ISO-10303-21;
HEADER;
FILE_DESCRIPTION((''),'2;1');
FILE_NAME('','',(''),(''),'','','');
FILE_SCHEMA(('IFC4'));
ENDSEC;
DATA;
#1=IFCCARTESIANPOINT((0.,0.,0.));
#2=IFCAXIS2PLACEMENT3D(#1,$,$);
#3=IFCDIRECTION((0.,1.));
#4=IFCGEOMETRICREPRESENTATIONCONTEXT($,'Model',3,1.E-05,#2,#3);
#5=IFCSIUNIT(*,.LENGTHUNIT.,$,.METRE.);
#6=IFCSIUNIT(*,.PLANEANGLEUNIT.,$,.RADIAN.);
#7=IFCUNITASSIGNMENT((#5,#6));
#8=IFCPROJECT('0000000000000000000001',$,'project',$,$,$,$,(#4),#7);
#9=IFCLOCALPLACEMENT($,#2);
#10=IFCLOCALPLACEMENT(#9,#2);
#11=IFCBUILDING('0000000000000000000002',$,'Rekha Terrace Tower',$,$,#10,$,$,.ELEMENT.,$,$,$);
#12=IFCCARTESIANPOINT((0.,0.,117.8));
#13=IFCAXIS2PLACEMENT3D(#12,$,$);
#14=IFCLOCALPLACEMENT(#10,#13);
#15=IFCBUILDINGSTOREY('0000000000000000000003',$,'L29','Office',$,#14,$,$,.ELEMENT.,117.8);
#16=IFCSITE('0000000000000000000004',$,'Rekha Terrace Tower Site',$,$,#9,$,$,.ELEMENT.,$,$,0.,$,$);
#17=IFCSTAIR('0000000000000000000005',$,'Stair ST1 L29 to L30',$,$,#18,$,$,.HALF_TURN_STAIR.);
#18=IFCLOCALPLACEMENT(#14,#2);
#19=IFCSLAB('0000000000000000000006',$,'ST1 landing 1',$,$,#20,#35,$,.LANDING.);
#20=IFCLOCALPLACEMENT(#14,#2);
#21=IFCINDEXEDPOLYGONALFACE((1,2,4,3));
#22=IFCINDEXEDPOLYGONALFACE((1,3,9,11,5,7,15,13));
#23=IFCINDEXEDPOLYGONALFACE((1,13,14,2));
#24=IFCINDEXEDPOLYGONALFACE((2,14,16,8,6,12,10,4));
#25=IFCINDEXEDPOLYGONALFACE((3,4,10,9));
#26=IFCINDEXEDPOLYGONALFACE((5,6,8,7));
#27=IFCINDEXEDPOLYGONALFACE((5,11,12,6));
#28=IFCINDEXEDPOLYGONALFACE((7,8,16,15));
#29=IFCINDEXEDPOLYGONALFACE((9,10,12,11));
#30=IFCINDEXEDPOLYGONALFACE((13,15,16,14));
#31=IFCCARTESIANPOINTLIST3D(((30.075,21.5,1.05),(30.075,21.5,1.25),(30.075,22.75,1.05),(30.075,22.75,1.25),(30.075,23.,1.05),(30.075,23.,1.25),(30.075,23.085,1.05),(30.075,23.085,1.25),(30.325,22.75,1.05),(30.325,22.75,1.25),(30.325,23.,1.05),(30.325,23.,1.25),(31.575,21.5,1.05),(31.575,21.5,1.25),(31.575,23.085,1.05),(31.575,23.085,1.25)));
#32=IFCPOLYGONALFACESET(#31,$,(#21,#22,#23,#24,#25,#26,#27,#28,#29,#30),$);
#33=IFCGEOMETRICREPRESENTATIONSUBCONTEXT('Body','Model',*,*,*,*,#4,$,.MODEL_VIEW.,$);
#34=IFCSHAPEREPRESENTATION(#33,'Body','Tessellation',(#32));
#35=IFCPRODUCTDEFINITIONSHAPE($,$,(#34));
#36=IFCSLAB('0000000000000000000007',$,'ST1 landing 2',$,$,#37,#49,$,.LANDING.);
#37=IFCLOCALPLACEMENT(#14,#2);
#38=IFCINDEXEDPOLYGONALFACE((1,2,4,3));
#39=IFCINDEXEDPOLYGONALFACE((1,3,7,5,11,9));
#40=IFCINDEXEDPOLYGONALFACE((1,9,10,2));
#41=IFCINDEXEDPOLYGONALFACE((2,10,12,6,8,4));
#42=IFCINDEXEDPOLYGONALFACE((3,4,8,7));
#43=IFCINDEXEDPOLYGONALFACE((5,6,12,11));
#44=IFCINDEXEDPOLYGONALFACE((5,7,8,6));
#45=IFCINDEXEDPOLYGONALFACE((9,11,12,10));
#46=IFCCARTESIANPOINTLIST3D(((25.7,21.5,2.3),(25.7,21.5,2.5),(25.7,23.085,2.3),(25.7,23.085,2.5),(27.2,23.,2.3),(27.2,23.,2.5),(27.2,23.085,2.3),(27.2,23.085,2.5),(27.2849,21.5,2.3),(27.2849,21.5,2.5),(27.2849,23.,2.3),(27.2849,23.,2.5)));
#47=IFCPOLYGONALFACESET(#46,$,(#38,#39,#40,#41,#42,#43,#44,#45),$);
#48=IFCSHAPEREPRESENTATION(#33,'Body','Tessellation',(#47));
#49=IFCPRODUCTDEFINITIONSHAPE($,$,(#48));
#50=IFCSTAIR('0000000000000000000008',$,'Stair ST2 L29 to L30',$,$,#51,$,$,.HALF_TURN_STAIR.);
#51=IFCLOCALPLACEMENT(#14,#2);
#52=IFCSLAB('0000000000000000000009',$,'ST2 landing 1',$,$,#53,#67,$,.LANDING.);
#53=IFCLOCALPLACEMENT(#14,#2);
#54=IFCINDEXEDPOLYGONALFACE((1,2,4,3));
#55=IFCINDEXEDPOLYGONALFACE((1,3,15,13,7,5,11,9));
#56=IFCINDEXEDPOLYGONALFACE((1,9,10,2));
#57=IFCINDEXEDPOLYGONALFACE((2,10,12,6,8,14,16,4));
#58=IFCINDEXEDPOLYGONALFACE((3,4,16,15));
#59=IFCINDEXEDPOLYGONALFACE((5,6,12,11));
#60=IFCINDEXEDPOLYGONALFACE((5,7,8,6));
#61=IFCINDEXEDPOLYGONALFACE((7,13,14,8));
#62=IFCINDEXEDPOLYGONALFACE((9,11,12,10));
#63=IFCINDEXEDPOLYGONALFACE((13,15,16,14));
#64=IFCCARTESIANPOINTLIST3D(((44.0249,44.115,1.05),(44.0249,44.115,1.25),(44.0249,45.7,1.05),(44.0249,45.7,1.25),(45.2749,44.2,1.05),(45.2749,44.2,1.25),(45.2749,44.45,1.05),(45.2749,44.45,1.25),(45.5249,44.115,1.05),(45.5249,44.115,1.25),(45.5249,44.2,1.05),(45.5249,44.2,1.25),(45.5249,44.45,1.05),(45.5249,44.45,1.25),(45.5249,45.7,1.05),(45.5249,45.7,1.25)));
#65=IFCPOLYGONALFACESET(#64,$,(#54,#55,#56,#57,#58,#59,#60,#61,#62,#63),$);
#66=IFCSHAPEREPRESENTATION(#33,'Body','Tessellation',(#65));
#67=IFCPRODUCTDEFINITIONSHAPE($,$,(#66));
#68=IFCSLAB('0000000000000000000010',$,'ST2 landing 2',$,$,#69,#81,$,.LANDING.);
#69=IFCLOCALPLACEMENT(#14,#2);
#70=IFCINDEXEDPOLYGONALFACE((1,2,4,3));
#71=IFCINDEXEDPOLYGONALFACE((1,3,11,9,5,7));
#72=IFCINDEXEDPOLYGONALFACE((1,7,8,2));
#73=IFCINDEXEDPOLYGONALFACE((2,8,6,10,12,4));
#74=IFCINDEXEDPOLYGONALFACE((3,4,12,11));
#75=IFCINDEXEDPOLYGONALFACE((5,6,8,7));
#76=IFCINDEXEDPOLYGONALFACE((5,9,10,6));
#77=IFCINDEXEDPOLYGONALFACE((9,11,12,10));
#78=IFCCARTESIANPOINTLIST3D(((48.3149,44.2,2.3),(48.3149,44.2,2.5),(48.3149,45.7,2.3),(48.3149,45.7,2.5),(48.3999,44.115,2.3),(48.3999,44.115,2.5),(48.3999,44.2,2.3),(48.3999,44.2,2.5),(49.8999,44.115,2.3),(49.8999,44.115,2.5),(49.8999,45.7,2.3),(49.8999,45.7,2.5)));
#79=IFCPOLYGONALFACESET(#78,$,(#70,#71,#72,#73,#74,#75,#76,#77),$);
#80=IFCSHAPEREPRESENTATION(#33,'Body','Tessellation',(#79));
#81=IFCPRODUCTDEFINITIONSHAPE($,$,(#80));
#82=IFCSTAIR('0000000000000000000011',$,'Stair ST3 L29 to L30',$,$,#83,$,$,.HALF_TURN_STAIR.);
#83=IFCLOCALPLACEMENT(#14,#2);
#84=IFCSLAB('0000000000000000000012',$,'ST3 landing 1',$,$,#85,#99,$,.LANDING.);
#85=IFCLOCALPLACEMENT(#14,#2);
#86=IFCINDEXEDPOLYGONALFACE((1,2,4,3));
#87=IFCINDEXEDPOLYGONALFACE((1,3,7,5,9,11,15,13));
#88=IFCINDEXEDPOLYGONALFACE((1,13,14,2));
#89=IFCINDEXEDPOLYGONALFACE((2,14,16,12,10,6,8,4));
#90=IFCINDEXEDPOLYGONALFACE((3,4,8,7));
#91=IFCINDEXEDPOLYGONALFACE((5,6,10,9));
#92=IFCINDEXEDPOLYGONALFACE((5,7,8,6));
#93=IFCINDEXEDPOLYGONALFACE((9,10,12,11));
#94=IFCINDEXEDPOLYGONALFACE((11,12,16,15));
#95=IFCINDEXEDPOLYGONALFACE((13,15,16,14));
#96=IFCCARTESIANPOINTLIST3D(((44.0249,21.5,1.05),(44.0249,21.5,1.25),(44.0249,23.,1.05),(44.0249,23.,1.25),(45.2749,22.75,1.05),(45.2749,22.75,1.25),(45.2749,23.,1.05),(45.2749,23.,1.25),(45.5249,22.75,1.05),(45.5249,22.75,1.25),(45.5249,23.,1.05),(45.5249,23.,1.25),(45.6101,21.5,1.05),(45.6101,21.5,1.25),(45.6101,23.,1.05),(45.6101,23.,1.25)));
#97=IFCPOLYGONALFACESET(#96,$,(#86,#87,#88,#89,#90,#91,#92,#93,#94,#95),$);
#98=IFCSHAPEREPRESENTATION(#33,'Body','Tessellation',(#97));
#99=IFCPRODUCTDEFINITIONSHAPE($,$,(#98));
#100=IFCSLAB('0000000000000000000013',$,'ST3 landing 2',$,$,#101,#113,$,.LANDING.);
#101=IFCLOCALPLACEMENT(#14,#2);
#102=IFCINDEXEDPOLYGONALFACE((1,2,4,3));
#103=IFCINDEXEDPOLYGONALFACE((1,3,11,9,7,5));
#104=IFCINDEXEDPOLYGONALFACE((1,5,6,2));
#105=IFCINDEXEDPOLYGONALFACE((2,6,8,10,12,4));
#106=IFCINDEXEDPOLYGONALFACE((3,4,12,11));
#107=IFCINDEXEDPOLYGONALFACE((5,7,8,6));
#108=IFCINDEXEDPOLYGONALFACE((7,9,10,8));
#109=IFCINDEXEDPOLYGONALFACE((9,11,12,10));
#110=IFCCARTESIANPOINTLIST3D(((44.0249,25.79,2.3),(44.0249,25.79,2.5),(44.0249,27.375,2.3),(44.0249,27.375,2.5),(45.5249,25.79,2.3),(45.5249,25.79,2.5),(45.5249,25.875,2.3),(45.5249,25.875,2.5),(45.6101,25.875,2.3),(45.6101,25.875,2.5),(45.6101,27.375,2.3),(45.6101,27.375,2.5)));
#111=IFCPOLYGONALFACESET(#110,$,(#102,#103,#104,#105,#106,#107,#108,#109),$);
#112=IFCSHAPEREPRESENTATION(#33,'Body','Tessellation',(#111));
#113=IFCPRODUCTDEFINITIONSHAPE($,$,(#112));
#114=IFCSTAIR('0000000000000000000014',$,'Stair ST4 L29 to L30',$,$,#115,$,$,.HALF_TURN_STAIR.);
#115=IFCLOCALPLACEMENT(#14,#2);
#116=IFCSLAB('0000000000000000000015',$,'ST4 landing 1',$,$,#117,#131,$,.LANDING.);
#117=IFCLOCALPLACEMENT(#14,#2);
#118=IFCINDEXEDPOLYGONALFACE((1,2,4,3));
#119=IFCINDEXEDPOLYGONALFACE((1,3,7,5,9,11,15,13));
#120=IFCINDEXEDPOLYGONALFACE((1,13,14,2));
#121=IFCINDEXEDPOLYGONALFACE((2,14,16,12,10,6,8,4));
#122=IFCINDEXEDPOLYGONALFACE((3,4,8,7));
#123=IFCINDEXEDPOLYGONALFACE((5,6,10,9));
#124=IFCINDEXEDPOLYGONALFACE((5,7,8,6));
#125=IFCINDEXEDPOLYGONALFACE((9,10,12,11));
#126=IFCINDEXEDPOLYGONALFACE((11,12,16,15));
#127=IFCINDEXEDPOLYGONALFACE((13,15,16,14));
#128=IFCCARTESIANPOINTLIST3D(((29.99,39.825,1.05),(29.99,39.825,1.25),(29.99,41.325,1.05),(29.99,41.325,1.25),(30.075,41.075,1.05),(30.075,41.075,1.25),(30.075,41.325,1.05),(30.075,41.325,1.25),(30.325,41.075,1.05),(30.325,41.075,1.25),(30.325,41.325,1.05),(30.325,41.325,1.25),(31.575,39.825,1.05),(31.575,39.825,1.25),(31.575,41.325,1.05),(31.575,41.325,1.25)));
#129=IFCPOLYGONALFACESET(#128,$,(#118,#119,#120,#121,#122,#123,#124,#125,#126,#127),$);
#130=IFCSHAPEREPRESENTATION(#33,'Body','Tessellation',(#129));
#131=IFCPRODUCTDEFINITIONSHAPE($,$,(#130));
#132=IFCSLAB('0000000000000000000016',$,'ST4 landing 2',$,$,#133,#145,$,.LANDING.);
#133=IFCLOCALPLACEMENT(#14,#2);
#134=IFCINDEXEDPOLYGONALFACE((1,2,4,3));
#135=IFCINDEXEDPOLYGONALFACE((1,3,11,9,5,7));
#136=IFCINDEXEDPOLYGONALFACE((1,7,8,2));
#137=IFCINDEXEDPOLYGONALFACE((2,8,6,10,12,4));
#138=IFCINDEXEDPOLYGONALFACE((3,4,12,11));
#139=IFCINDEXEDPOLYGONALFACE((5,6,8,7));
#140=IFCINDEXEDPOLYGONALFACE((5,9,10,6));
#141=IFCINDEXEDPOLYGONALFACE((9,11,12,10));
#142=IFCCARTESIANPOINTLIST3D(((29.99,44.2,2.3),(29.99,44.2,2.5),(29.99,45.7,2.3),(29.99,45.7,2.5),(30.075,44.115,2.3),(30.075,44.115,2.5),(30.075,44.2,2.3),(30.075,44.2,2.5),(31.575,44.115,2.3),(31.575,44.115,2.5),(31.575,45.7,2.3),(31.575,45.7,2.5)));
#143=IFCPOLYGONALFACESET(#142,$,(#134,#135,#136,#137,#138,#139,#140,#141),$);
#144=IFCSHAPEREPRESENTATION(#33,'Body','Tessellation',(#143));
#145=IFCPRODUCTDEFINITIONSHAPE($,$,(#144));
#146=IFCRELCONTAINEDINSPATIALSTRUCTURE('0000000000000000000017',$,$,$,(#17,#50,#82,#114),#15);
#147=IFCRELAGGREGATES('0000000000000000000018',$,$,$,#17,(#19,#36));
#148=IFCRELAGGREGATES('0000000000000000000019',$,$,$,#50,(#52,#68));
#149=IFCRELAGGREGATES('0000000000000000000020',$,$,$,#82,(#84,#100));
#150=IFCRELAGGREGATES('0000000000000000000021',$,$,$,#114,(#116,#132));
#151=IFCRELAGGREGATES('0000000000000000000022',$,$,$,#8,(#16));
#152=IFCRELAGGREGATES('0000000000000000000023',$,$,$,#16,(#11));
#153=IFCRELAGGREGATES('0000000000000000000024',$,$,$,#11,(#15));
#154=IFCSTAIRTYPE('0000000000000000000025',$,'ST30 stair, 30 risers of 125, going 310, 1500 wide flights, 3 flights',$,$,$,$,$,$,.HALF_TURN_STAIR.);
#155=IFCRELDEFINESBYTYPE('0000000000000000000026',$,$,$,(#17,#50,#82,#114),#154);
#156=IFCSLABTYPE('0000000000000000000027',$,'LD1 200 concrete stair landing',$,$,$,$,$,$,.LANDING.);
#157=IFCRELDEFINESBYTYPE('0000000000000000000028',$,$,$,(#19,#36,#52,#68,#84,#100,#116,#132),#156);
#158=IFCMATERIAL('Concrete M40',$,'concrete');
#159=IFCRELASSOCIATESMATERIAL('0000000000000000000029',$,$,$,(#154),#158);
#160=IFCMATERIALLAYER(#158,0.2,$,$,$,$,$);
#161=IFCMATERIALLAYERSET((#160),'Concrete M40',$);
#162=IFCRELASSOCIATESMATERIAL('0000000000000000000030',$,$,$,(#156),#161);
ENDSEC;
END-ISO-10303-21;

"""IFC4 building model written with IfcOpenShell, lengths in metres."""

from ifc_helpers import new_model, si_unit, direction, frame, origin, place, context, subcontext, project, spatial, polyline, outline, extrude, material, layer, layer_set, type_object, element, aggregate, save


model = new_model("IFC4")

# Units and contexts
model_context = context("Model", 3, precision=1e-05, world=origin(), true_north=direction((0.0, 1.0)))
body_context = subcontext(model_context, "Body", "Model", "MODEL_VIEW")
ifc_project = project(units=[si_unit("LENGTHUNIT", "METRE"), si_unit("PLANEANGLEUNIT", "RADIAN")], contexts=[model_context])

# Site, building, storey
site_placement = place(None, origin())
site = spatial("IfcSite", under=ifc_project, at=site_placement, Name="Rekha Terrace Tower Site", CompositionType="ELEMENT", RefElevation=0.0)
building_placement = place(site_placement, origin())
building = spatial("IfcBuilding", under=site, at=building_placement, Name="Rekha Terrace Tower", CompositionType="ELEMENT")
storey_placement = place(building_placement, frame((0.0, 0.0, 117.8)))
storey = spatial("IfcBuildingStorey", under=building, at=storey_placement, Name="L29", Description="Office", CompositionType="ELEMENT", Elevation=117.8)

# Stairs, slabs
ifc_material_1 = material(Name="Concrete M40", Category="concrete")
stair_type = type_object("IfcStairType", Name="ST30 stair, 30 risers of 125, going 310, 1500 wide flights, 3 flights", PredefinedType="HALF_TURN_STAIR", material=ifc_material_1)
stair_1_placement = place(storey_placement, origin())
stair_1 = element("IfcStair", 1, at=stair_1_placement, inside=storey, type_object=stair_type, Name="Stair ST1 L29 to L30", PredefinedType="HALF_TURN_STAIR")
ifc_layer_1 = layer(ifc_material_1, 0.2)
ifc_layer_set_1 = layer_set([ifc_layer_1], Name="Concrete M40")
slab_type_1 = type_object("IfcSlabType", Name="LD1 200 concrete stair landing", PredefinedType="LANDING", material=ifc_layer_set_1)
slab_1_placement = place(storey_placement, frame((0.0, 0.0, 1.05)))
slab_1 = element("IfcSlab", 2, at=slab_1_placement, type_object=slab_type_1, Name="ST1 landing 1", PredefinedType="LANDING", context=body_context, shape_type="SweptSolid", body=[
    extrude(outline(polyline([(30.075, 21.5), (31.575, 21.5), (31.575, 23.085), (30.075, 23.085), (30.075, 23.0), (30.325, 23.0), (30.325, 22.75), (30.075, 22.75), (30.075, 21.5)])), origin(), (0.0, 0.0, 1.0), 0.2),
])
slab_2_placement = place(storey_placement, frame((0.0, 0.0, 2.3)))
slab_2 = element("IfcSlab", 3, at=slab_2_placement, type_object=slab_type_1, Name="ST1 landing 2", PredefinedType="LANDING", context=body_context, shape_type="SweptSolid", body=[
    extrude(outline(polyline([(27.2, 23.085), (25.7, 23.085), (25.7, 21.5), (27.2849, 21.5), (27.2849, 23.0), (27.2, 23.0), (27.2, 23.085)])), origin(), (0.0, 0.0, 1.0), 0.2),
])
aggregate(stair_1, [slab_1, slab_2])
stair_2_placement = place(storey_placement, origin())
stair_2 = element("IfcStair", 4, at=stair_2_placement, inside=storey, type_object=stair_type, Name="Stair ST2 L29 to L30", PredefinedType="HALF_TURN_STAIR")
slab_3_placement = place(storey_placement, frame((0.0, 0.0, 1.05)))
slab_3 = element("IfcSlab", 5, at=slab_3_placement, type_object=slab_type_1, Name="ST2 landing 1", PredefinedType="LANDING", context=body_context, shape_type="SweptSolid", body=[
    extrude(outline(polyline([(45.5249, 45.7), (44.0249, 45.7), (44.0249, 44.115), (45.5249, 44.115), (45.5249, 44.2), (45.2749, 44.2), (45.2749, 44.45), (45.5249, 44.45), (45.5249, 45.7)])), origin(), (0.0, 0.0, 1.0), 0.2),
])
slab_4_placement = place(storey_placement, frame((0.0, 0.0, 2.3)))
slab_4 = element("IfcSlab", 6, at=slab_4_placement, type_object=slab_type_1, Name="ST2 landing 2", PredefinedType="LANDING", context=body_context, shape_type="SweptSolid", body=[
    extrude(outline(polyline([(48.3999, 44.115), (49.8999, 44.115), (49.8999, 45.7), (48.3149, 45.7), (48.3149, 44.2), (48.3999, 44.2), (48.3999, 44.115)])), origin(), (0.0, 0.0, 1.0), 0.2),
])
aggregate(stair_2, [slab_3, slab_4])
stair_3_placement = place(storey_placement, origin())
stair_3 = element("IfcStair", 7, at=stair_3_placement, inside=storey, type_object=stair_type, Name="Stair ST3 L29 to L30", PredefinedType="HALF_TURN_STAIR")
slab_5_placement = place(storey_placement, frame((0.0, 0.0, 1.05)))
slab_5 = element("IfcSlab", 8, at=slab_5_placement, type_object=slab_type_1, Name="ST3 landing 1", PredefinedType="LANDING", context=body_context, shape_type="SweptSolid", body=[
    extrude(outline(polyline([(44.0249, 23.0), (44.0249, 21.5), (45.6101, 21.5), (45.6101, 23.0), (45.5249, 23.0), (45.5249, 22.75), (45.2749, 22.75), (45.2749, 23.0), (44.0249, 23.0)])), origin(), (0.0, 0.0, 1.0), 0.2),
])
slab_6_placement = place(storey_placement, frame((0.0, 0.0, 2.3)))
slab_6 = element("IfcSlab", 9, at=slab_6_placement, type_object=slab_type_1, Name="ST3 landing 2", PredefinedType="LANDING", context=body_context, shape_type="SweptSolid", body=[
    extrude(outline(polyline([(45.6101, 25.875), (45.6101, 27.375), (44.0249, 27.375), (44.0249, 25.79), (45.5249, 25.79), (45.5249, 25.875), (45.6101, 25.875)])), origin(), (0.0, 0.0, 1.0), 0.2),
])
aggregate(stair_3, [slab_5, slab_6])
stair_4_placement = place(storey_placement, origin())
stair_4 = element("IfcStair", 10, at=stair_4_placement, inside=storey, type_object=stair_type, Name="Stair ST4 L29 to L30", PredefinedType="HALF_TURN_STAIR")
slab_7_placement = place(storey_placement, frame((0.0, 0.0, 1.05)))
slab_7 = element("IfcSlab", 11, at=slab_7_placement, type_object=slab_type_1, Name="ST4 landing 1", PredefinedType="LANDING", context=body_context, shape_type="SweptSolid", body=[
    extrude(outline(polyline([(31.575, 41.325), (31.575, 39.825), (29.99, 39.825), (29.99, 41.325), (30.075, 41.325), (30.075, 41.075), (30.325, 41.075), (30.325, 41.325), (31.575, 41.325)])), origin(), (0.0, 0.0, 1.0), 0.2),
])
slab_8_placement = place(storey_placement, frame((0.0, 0.0, 2.3)))
slab_8 = element("IfcSlab", 12, at=slab_8_placement, type_object=slab_type_1, Name="ST4 landing 2", PredefinedType="LANDING", context=body_context, shape_type="SweptSolid", body=[
    extrude(outline(polyline([(29.99, 44.2), (29.99, 45.7), (31.575, 45.7), (31.575, 44.115), (30.075, 44.115), (30.075, 44.2), (29.99, 44.2)])), origin(), (0.0, 0.0, 1.0), 0.2),
])
aggregate(stair_4, [slab_7, slab_8])

save(model, "model.ifc")
